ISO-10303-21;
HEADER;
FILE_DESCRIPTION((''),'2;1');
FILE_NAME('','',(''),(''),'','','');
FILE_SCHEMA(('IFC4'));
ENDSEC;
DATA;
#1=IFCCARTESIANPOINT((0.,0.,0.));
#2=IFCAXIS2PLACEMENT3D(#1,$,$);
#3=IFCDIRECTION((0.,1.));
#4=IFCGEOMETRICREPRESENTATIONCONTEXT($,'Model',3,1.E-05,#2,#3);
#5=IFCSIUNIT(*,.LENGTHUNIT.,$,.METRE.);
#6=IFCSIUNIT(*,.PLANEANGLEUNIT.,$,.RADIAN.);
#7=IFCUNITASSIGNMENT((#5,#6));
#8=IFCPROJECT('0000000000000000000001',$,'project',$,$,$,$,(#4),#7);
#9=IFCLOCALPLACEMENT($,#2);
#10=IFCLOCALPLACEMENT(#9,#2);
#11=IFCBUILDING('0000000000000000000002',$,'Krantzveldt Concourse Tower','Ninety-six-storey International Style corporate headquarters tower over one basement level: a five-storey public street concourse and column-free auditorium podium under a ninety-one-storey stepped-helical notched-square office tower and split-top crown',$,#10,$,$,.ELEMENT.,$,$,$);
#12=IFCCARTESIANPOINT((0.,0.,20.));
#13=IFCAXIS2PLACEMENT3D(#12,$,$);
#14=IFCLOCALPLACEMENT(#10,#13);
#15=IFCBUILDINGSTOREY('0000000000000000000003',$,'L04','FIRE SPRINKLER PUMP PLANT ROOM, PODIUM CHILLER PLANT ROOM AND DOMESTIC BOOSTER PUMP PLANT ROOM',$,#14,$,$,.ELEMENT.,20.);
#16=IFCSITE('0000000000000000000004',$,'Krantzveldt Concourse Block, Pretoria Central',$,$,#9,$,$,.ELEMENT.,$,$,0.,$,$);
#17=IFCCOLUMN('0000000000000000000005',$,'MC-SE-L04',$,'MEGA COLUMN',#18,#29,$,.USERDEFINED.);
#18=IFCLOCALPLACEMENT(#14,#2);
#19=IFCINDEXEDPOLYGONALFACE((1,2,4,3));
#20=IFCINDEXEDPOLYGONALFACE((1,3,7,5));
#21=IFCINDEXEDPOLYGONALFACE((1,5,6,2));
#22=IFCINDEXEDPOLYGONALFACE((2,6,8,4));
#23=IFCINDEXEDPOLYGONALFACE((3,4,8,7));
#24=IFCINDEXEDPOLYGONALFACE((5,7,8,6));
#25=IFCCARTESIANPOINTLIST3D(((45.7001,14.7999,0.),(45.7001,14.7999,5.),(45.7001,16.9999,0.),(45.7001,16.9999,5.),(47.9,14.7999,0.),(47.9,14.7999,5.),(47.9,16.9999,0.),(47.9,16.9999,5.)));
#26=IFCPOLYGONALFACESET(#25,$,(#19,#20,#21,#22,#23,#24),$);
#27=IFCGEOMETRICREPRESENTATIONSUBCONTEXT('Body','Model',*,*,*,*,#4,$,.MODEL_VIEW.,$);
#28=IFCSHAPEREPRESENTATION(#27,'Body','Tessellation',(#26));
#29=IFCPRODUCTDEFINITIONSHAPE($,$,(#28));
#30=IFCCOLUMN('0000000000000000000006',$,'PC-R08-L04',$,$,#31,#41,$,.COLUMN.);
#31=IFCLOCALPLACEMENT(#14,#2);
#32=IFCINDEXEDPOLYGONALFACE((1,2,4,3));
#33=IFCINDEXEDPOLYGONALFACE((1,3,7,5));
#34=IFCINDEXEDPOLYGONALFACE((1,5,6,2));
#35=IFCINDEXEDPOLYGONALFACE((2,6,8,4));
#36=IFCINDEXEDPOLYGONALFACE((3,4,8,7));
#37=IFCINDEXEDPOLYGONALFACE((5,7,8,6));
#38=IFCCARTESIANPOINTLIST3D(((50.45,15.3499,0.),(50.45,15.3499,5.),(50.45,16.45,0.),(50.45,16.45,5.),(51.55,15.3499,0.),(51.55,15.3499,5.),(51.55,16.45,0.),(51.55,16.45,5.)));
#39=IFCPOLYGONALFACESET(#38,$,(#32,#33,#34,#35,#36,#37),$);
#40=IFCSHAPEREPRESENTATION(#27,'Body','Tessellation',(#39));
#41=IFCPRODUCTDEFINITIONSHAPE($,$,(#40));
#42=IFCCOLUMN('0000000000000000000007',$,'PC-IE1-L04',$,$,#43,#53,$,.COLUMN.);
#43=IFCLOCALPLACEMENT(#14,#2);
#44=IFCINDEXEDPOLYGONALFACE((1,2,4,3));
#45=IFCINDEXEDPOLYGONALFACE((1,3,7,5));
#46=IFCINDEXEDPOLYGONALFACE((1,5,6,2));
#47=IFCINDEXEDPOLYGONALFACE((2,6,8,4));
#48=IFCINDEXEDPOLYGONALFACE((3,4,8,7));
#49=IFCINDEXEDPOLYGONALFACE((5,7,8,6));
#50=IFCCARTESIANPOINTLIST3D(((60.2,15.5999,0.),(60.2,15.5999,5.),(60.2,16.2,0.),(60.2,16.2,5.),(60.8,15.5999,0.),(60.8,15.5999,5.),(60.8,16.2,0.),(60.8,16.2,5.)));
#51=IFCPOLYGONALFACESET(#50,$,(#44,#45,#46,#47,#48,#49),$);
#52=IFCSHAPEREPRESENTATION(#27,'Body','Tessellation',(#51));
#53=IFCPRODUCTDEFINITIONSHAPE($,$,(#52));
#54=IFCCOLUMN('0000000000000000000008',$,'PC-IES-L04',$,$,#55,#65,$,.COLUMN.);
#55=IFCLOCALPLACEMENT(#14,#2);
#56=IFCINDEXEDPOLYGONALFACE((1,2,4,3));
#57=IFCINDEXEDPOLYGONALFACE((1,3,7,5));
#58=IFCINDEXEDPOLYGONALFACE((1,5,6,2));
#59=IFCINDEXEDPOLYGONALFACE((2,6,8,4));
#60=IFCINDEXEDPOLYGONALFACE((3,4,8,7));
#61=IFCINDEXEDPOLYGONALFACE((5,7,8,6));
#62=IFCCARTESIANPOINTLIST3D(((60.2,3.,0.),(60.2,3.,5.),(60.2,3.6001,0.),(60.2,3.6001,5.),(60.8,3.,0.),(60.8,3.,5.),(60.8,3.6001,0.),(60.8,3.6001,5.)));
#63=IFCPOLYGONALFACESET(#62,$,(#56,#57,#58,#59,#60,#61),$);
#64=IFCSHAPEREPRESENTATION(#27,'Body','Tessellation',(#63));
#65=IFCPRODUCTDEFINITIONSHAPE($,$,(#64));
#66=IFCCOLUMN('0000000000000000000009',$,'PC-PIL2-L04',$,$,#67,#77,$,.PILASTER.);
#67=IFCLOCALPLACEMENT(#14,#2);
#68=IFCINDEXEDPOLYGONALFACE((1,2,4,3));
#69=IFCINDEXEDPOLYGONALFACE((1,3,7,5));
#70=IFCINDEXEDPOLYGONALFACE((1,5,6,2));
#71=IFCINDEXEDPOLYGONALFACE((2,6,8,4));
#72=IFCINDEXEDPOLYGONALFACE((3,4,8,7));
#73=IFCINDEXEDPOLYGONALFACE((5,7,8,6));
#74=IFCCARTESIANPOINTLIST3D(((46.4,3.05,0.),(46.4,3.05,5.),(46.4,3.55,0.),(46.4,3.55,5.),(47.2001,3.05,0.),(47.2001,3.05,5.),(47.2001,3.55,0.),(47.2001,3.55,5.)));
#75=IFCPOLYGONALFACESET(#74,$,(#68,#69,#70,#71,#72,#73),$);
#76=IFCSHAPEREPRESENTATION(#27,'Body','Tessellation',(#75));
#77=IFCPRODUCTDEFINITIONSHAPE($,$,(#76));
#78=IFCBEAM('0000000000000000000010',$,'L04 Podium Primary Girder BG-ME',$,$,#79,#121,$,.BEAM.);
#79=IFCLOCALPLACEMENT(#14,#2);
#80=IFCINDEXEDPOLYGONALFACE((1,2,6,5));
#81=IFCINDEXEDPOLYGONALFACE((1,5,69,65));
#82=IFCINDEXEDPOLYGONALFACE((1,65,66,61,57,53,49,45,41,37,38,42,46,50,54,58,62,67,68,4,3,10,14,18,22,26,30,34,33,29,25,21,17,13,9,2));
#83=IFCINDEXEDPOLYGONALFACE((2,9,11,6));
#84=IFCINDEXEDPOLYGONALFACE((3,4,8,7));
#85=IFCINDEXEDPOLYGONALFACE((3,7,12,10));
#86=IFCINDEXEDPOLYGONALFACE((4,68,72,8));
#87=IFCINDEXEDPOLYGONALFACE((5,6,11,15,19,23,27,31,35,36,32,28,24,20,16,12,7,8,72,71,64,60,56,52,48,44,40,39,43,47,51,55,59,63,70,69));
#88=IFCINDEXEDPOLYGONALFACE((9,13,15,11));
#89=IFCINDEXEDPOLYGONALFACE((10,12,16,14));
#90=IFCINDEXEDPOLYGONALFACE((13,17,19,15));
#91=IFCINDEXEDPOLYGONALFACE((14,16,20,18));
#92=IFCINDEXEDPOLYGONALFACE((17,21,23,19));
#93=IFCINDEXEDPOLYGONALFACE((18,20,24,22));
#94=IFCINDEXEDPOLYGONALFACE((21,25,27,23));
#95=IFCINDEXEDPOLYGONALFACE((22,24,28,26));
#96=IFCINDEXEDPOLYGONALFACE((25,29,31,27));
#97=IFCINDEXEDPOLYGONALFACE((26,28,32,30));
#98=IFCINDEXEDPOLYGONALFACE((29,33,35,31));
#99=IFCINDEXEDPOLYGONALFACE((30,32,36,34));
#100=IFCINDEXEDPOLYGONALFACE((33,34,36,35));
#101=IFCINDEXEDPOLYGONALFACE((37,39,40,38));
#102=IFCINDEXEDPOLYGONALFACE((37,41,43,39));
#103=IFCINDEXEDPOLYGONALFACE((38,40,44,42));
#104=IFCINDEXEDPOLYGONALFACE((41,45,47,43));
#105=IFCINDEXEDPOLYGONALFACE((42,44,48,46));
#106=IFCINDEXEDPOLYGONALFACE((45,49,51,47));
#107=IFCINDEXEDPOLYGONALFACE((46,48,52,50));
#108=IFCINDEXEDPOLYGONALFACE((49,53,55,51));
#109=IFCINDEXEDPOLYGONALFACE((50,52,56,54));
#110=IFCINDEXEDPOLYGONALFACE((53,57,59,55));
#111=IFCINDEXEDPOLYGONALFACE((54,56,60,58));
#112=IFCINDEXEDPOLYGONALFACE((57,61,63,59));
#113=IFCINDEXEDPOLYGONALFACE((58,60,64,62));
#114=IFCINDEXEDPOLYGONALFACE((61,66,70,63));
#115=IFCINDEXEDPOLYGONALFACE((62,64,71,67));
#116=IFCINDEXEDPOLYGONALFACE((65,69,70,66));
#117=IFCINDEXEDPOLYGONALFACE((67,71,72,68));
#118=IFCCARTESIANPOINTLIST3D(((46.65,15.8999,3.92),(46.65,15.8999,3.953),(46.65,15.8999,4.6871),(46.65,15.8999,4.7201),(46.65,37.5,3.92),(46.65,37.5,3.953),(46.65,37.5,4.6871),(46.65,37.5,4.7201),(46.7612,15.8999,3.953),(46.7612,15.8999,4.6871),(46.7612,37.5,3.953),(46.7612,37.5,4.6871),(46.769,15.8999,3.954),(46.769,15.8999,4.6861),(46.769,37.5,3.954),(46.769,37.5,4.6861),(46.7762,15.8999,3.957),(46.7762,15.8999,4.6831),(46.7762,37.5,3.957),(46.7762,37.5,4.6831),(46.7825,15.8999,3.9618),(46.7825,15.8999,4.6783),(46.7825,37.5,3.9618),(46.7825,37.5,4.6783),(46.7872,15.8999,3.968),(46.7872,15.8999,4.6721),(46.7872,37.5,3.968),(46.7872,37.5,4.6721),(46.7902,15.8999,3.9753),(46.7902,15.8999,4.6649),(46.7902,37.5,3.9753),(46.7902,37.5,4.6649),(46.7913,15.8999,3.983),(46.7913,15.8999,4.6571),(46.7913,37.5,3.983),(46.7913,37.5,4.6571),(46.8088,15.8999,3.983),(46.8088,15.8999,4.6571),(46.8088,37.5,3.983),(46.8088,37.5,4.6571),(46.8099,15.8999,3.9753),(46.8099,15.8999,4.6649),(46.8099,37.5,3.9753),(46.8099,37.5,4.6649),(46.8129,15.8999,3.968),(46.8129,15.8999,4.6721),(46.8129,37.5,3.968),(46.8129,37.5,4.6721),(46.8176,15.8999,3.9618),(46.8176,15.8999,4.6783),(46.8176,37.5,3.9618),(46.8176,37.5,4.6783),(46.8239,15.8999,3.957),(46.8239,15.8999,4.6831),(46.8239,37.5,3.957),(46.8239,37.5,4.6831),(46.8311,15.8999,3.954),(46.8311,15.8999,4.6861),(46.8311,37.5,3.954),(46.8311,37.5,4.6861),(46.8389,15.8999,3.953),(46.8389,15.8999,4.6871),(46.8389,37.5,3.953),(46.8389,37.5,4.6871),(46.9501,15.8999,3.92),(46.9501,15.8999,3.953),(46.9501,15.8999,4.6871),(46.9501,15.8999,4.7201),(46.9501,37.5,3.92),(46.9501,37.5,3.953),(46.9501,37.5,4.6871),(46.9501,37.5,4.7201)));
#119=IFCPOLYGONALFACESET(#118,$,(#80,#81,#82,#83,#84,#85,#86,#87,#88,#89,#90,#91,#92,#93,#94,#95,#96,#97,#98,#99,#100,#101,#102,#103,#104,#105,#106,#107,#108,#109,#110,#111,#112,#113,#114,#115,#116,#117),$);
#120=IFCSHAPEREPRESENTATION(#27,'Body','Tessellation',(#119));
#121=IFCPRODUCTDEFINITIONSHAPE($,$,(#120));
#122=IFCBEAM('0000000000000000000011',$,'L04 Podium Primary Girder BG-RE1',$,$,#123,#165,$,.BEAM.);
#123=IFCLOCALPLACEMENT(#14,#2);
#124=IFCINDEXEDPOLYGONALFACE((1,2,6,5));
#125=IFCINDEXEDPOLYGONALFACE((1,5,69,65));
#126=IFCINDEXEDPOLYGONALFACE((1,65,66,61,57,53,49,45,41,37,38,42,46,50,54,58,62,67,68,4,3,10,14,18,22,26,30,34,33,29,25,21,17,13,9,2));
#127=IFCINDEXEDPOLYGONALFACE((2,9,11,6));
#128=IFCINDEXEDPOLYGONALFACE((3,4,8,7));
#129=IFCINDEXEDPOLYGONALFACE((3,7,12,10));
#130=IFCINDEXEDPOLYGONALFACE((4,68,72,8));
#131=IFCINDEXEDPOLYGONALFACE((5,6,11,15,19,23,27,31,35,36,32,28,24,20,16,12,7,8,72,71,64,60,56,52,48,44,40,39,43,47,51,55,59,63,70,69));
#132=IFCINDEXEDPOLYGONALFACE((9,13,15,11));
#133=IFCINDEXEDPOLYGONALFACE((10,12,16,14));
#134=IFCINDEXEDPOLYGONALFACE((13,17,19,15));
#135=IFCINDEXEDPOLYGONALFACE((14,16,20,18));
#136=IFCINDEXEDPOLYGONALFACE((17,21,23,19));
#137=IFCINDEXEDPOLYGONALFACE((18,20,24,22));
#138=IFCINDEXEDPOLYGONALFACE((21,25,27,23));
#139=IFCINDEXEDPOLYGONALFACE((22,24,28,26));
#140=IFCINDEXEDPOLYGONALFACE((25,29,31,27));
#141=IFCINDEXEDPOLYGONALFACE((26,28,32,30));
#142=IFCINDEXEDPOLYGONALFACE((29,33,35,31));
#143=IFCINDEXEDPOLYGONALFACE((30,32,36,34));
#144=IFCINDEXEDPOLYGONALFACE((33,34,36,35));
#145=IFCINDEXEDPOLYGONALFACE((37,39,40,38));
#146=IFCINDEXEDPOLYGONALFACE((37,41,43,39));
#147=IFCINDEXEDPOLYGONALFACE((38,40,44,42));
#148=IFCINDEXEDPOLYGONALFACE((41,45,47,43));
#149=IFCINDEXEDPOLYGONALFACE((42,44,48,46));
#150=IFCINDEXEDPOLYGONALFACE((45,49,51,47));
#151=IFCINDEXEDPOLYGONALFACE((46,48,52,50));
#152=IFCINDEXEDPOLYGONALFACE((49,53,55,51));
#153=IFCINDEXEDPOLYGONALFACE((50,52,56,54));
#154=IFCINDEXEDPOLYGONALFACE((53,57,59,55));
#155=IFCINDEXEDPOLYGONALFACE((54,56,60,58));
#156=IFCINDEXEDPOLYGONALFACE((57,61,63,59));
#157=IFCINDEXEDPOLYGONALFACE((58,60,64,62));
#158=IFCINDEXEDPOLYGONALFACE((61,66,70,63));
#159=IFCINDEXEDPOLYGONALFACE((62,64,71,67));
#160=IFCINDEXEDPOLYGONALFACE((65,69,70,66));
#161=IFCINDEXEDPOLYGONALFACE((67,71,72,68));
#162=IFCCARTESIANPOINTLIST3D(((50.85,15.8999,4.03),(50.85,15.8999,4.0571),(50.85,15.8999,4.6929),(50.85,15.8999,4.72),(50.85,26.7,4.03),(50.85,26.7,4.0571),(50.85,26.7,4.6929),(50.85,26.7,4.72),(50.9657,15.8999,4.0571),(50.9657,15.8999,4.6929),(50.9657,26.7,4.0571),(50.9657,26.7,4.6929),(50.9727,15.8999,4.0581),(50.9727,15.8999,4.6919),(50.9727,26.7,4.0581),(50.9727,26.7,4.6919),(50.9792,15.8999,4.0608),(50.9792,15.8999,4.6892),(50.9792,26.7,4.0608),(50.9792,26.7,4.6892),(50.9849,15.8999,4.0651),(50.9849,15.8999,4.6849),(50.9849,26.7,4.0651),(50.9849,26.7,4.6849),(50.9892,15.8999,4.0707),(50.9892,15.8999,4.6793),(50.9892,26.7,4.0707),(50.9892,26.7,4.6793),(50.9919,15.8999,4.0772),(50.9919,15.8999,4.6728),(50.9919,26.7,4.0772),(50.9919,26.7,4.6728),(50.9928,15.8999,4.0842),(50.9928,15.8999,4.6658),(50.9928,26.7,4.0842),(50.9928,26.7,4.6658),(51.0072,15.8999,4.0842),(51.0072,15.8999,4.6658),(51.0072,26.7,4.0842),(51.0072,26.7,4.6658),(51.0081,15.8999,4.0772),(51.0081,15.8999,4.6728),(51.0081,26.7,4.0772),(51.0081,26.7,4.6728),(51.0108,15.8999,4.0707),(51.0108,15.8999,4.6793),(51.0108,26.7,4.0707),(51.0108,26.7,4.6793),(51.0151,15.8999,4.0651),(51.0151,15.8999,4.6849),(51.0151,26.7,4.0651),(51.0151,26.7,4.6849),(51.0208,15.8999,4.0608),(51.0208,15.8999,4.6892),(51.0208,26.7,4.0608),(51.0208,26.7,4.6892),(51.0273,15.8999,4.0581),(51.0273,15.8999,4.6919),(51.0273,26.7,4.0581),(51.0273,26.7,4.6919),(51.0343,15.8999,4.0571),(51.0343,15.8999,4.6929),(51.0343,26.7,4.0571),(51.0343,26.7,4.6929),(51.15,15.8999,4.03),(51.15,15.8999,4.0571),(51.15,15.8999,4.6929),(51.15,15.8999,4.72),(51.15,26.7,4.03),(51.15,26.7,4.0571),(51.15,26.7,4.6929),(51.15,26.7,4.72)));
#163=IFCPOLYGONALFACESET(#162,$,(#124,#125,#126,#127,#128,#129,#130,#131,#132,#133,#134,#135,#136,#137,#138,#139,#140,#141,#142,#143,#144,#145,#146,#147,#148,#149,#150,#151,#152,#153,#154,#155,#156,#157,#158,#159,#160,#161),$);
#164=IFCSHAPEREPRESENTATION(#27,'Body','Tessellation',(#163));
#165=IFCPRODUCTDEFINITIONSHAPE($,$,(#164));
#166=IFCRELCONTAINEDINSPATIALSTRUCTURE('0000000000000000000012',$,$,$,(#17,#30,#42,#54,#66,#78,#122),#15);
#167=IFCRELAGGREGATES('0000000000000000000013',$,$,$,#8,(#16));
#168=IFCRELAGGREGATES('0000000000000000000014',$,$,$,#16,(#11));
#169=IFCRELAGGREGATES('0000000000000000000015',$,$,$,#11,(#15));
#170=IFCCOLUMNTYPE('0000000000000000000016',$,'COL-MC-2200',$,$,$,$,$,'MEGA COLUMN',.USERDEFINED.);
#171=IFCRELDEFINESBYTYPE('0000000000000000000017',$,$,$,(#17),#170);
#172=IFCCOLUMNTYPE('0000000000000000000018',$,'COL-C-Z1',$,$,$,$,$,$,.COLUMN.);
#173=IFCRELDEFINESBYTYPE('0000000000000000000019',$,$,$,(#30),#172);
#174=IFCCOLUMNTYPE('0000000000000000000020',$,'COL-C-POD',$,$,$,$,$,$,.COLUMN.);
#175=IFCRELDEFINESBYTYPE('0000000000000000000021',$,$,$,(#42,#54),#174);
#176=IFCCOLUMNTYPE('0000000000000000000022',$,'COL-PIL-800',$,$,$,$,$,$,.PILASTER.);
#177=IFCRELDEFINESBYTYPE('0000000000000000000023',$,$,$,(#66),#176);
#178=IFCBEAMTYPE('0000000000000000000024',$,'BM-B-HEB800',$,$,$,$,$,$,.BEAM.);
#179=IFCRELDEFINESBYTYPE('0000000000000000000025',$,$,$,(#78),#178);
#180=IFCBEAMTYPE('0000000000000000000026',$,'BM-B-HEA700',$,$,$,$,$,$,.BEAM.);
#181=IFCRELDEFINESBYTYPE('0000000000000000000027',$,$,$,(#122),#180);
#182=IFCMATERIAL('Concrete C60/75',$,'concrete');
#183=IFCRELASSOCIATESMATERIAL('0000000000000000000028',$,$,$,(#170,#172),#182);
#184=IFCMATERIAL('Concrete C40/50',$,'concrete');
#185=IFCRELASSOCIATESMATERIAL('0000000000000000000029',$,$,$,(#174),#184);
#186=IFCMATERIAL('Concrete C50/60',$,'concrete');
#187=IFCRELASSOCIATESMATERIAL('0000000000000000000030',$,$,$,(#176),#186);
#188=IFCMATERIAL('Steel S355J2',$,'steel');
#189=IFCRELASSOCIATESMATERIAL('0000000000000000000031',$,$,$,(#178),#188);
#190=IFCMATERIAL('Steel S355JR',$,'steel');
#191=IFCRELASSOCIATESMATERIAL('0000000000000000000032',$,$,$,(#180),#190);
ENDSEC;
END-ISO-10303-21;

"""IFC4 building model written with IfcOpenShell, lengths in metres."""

from ifc_helpers import new_model, si_unit, direction, frame, origin, origin_2d, place, context, subcontext, project, spatial, rectangle, i_section, extrude, source, transform, mapped, material, material_profile, profile_set, type_object, type_shapes, element, save


model = new_model("IFC4")

# Units and contexts
model_context = context("Model", 3, precision=1e-05, world=origin(), true_north=direction((0.0, 1.0)))
body_context = subcontext(model_context, "Body", "Model", "MODEL_VIEW")
ifc_project = project(units=[si_unit("LENGTHUNIT", "METRE"), si_unit("PLANEANGLEUNIT", "RADIAN")], contexts=[model_context])

# Site, building, storey
site_placement = place(None, origin())
site = spatial("IfcSite", under=ifc_project, at=site_placement, Name="Krantzveldt Concourse Block, Pretoria Central", CompositionType="ELEMENT", RefElevation=0.0)
building_placement = place(site_placement, origin())
building = spatial("IfcBuilding", under=site, at=building_placement, Name="Krantzveldt Concourse Tower", Description="Ninety-six-storey International Style corporate headquarters tower over one basement level: a five-storey public street concourse and column-free auditorium podium under a ninety-one-storey stepped-helical notched-square office tower and split-top crown", CompositionType="ELEMENT")
storey_placement = place(building_placement, frame((0.0, 0.0, 20.0)))
storey = spatial("IfcBuildingStorey", under=building, at=storey_placement, Name="L04", Description="FIRE SPRINKLER PUMP PLANT ROOM, PODIUM CHILLER PLANT ROOM AND DOMESTIC BOOSTER PUMP PLANT ROOM", CompositionType="ELEMENT", Elevation=20.0)

# Columns
ifc_material_1 = material(Name="Concrete C60/75", Category="concrete")
ifc_material_profile_1 = material_profile(ifc_material_1, rectangle(XDim=2.2, YDim=2.2, at=origin_2d()), Name="Concrete C60/75", Category="concrete")
ifc_profile_set_1 = profile_set([ifc_material_profile_1], Name="Concrete C60/75 - RC 2200x2200")
column_type_1 = type_object("IfcColumnType", Name="COL-MC-2200", ElementType="MEGA COLUMN", PredefinedType="USERDEFINED", material=ifc_profile_set_1)
shared_shape_1 = source(origin(), body_context, "Body", "SweptSolid", [
    extrude(rectangle(XDim=2.2, YDim=2.2, at=origin_2d()), origin(), (0.0, 0.0, 1.0), 5.0),
])
type_shapes(column_type_1, [shared_shape_1])
column_1_placement = place(storey_placement, frame((46.8, 15.8999, 0.0), z_axis=(0.0, 0.0, 1.0), x_axis=(1.0, 0.0, 0.0)))
element("IfcColumn", 1, at=column_1_placement, inside=storey, type_object=column_type_1, Name="MC-SE-L04", ObjectType="MEGA COLUMN", PredefinedType="USERDEFINED", context=body_context, shape_type="MappedRepresentation", body=[
    mapped(shared_shape_1, transform((0.0, 0.0, 0.0), x_axis=(1.0, 0.0, 0.0), y_axis=(0.0, 1.0, 0.0), z_axis=(0.0, 0.0, 1.0), scale=1.0)),
])
ifc_material_profile_2 = material_profile(ifc_material_1, rectangle(XDim=1.1001, YDim=1.1001, at=origin_2d()), Name="Concrete C60/75", Category="concrete")
ifc_profile_set_2 = profile_set([ifc_material_profile_2], Name="Concrete C60/75 - RC 1100x1100")
column_type_2 = type_object("IfcColumnType", Name="COL-C-Z1", PredefinedType="COLUMN", material=ifc_profile_set_2)
shared_shape_2 = source(origin(), body_context, "Body", "SweptSolid", [
    extrude(rectangle(XDim=1.1001, YDim=1.1001, at=origin_2d()), origin(), (0.0, 0.0, 1.0), 5.0),
])
type_shapes(column_type_2, [shared_shape_2])
column_2_placement = place(storey_placement, frame((51.0, 15.8999, 0.0), z_axis=(0.0, 0.0, 1.0), x_axis=(1.0, 0.0, 0.0)))
element("IfcColumn", 2, at=column_2_placement, inside=storey, type_object=column_type_2, Name="PC-R08-L04", PredefinedType="COLUMN", context=body_context, shape_type="MappedRepresentation", body=[
    mapped(shared_shape_2, transform((0.0, 0.0, 0.0), x_axis=(1.0, 0.0, 0.0), y_axis=(0.0, 1.0, 0.0), z_axis=(0.0, 0.0, 1.0), scale=1.0)),
])
ifc_material_2 = material(Name="Concrete C40/50", Category="concrete")
ifc_material_profile_3 = material_profile(ifc_material_2, rectangle(XDim=0.6001, YDim=0.6001, at=origin_2d()), Name="Concrete C40/50", Category="concrete")
ifc_profile_set_3 = profile_set([ifc_material_profile_3], Name="Concrete C40/50 - RC 600x600")
column_type_3 = type_object("IfcColumnType", Name="COL-C-POD", PredefinedType="COLUMN", material=ifc_profile_set_3)
shared_shape_3 = source(origin(), body_context, "Body", "SweptSolid", [
    extrude(rectangle(XDim=0.6001, YDim=0.6001, at=origin_2d()), origin(), (0.0, 0.0, 1.0), 5.0),
])
type_shapes(column_type_3, [shared_shape_3])
for number, where, z_axis, x_axis, name in (
    (3, (60.5, 15.8999, 0.0), (0.0, 0.0, 1.0), (1.0, 0.0, 0.0), "PC-IE1-L04"),
    (4, (60.5, 3.3, 0.0), (0.0, 0.0, 1.0), (1.0, 0.0, 0.0), "PC-IES-L04"),
):
    element("IfcColumn", number, at=place(storey_placement, frame(where, z_axis=z_axis, x_axis=x_axis)), inside=storey, type_object=column_type_3, Name=name, PredefinedType="COLUMN", context=body_context, shape_type="MappedRepresentation", body=[
        mapped(shared_shape_3, transform((0.0, 0.0, 0.0), x_axis=(1.0, 0.0, 0.0), y_axis=(0.0, 1.0, 0.0), z_axis=(0.0, 0.0, 1.0), scale=1.0)),
    ])
ifc_material_3 = material(Name="Concrete C50/60", Category="concrete")
ifc_material_profile_4 = material_profile(ifc_material_3, rectangle(XDim=0.8, YDim=0.5, at=origin_2d()), Name="Concrete C50/60", Category="concrete")
ifc_profile_set_4 = profile_set([ifc_material_profile_4], Name="Concrete C50/60 - RC-PIL 800x500")
column_type_4 = type_object("IfcColumnType", Name="COL-PIL-800", PredefinedType="PILASTER", material=ifc_profile_set_4)
shared_shape_4 = source(origin(), body_context, "Body", "SweptSolid", [
    extrude(rectangle(XDim=0.8, YDim=0.5, at=origin_2d()), origin(), (0.0, 0.0, 1.0), 5.0),
])
type_shapes(column_type_4, [shared_shape_4])
column_3_placement = place(storey_placement, frame((46.8, 3.3, 0.0), z_axis=(0.0, 0.0, 1.0), x_axis=(1.0, 0.0, 0.0)))
element("IfcColumn", 5, at=column_3_placement, inside=storey, type_object=column_type_4, Name="PC-PIL2-L04", PredefinedType="PILASTER", context=body_context, shape_type="MappedRepresentation", body=[
    mapped(shared_shape_4, transform((0.0, 0.0, 0.0), x_axis=(1.0, 0.0, 0.0), y_axis=(0.0, 1.0, 0.0), z_axis=(0.0, 0.0, 1.0), scale=1.0)),
])

# Beams
ifc_material_4 = material(Name="Steel S355J2", Category="steel")
ifc_material_profile_5 = material_profile(ifc_material_4, i_section(OverallWidth=0.3, OverallDepth=0.8, WebThickness=0.0176, FlangeThickness=0.033, FilletRadius=0.03, at=origin_2d()), Name="Steel S355J2", Category="steel")
ifc_profile_set_5 = profile_set([ifc_material_profile_5], Name="Steel S355J2 - HEB 800")
beam_type_1 = type_object("IfcBeamType", Name="BM-B-HEB800", PredefinedType="BEAM", material=ifc_profile_set_5)
shared_shape_5 = source(origin(), body_context, "Body", "SweptSolid", [
    extrude(i_section(OverallWidth=0.3, OverallDepth=0.8, WebThickness=0.0176, FlangeThickness=0.033, FilletRadius=0.03, at=origin_2d()), origin(), (0.0, 0.0, 1.0), 21.6001),
])
type_shapes(beam_type_1, [shared_shape_5])
beam_1_placement = place(storey_placement, frame((46.8, 15.8999, 4.3201), z_axis=(0.0, 1.0, 0.0), x_axis=(-1.0, 0.0, 0.0)))
element("IfcBeam", 6, at=beam_1_placement, inside=storey, type_object=beam_type_1, Name="L04 Podium Primary Girder BG-ME", PredefinedType="BEAM", context=body_context, shape_type="MappedRepresentation", body=[
    mapped(shared_shape_5, transform((0.0, 0.0, 0.0), x_axis=(1.0, 0.0, 0.0), y_axis=(0.0, 1.0, 0.0), z_axis=(0.0, 0.0, 1.0), scale=1.0)),
])
ifc_material_5 = material(Name="Steel S355JR", Category="steel")
ifc_material_profile_6 = material_profile(ifc_material_5, i_section(OverallWidth=0.3, OverallDepth=0.6899, WebThickness=0.0144, FlangeThickness=0.0271, FilletRadius=0.0271, at=origin_2d()), Name="Steel S355JR", Category="steel")
ifc_profile_set_6 = profile_set([ifc_material_profile_6], Name="Steel S355JR - HEA 700")
beam_type_2 = type_object("IfcBeamType", Name="BM-B-HEA700", PredefinedType="BEAM", material=ifc_profile_set_6)
shared_shape_6 = source(origin(), body_context, "Body", "SweptSolid", [
    extrude(i_section(OverallWidth=0.3, OverallDepth=0.6899, WebThickness=0.0144, FlangeThickness=0.0271, FilletRadius=0.0271, at=origin_2d()), origin(), (0.0, 0.0, 1.0), 10.8),
])
for number, where, z_axis, x_axis, name in (
    (7, (51.0, 15.8999, 4.375), (0.0, 1.0, 0.0), (-1.0, 0.0, 0.0), "L04 Podium Primary Girder BG-RE1"),
):
    element("IfcBeam", number, at=place(storey_placement, frame(where, z_axis=z_axis, x_axis=x_axis)), inside=storey, type_object=beam_type_2, Name=name, PredefinedType="BEAM", context=body_context, shape_type="MappedRepresentation", body=[
        mapped(shared_shape_6, transform((0.0, 0.0, 0.0), x_axis=(1.0, 0.0, 0.0), y_axis=(0.0, 1.0, 0.0), z_axis=(0.0, 0.0, 1.0), scale=1.0)),
    ])

save(model, "model.ifc")
